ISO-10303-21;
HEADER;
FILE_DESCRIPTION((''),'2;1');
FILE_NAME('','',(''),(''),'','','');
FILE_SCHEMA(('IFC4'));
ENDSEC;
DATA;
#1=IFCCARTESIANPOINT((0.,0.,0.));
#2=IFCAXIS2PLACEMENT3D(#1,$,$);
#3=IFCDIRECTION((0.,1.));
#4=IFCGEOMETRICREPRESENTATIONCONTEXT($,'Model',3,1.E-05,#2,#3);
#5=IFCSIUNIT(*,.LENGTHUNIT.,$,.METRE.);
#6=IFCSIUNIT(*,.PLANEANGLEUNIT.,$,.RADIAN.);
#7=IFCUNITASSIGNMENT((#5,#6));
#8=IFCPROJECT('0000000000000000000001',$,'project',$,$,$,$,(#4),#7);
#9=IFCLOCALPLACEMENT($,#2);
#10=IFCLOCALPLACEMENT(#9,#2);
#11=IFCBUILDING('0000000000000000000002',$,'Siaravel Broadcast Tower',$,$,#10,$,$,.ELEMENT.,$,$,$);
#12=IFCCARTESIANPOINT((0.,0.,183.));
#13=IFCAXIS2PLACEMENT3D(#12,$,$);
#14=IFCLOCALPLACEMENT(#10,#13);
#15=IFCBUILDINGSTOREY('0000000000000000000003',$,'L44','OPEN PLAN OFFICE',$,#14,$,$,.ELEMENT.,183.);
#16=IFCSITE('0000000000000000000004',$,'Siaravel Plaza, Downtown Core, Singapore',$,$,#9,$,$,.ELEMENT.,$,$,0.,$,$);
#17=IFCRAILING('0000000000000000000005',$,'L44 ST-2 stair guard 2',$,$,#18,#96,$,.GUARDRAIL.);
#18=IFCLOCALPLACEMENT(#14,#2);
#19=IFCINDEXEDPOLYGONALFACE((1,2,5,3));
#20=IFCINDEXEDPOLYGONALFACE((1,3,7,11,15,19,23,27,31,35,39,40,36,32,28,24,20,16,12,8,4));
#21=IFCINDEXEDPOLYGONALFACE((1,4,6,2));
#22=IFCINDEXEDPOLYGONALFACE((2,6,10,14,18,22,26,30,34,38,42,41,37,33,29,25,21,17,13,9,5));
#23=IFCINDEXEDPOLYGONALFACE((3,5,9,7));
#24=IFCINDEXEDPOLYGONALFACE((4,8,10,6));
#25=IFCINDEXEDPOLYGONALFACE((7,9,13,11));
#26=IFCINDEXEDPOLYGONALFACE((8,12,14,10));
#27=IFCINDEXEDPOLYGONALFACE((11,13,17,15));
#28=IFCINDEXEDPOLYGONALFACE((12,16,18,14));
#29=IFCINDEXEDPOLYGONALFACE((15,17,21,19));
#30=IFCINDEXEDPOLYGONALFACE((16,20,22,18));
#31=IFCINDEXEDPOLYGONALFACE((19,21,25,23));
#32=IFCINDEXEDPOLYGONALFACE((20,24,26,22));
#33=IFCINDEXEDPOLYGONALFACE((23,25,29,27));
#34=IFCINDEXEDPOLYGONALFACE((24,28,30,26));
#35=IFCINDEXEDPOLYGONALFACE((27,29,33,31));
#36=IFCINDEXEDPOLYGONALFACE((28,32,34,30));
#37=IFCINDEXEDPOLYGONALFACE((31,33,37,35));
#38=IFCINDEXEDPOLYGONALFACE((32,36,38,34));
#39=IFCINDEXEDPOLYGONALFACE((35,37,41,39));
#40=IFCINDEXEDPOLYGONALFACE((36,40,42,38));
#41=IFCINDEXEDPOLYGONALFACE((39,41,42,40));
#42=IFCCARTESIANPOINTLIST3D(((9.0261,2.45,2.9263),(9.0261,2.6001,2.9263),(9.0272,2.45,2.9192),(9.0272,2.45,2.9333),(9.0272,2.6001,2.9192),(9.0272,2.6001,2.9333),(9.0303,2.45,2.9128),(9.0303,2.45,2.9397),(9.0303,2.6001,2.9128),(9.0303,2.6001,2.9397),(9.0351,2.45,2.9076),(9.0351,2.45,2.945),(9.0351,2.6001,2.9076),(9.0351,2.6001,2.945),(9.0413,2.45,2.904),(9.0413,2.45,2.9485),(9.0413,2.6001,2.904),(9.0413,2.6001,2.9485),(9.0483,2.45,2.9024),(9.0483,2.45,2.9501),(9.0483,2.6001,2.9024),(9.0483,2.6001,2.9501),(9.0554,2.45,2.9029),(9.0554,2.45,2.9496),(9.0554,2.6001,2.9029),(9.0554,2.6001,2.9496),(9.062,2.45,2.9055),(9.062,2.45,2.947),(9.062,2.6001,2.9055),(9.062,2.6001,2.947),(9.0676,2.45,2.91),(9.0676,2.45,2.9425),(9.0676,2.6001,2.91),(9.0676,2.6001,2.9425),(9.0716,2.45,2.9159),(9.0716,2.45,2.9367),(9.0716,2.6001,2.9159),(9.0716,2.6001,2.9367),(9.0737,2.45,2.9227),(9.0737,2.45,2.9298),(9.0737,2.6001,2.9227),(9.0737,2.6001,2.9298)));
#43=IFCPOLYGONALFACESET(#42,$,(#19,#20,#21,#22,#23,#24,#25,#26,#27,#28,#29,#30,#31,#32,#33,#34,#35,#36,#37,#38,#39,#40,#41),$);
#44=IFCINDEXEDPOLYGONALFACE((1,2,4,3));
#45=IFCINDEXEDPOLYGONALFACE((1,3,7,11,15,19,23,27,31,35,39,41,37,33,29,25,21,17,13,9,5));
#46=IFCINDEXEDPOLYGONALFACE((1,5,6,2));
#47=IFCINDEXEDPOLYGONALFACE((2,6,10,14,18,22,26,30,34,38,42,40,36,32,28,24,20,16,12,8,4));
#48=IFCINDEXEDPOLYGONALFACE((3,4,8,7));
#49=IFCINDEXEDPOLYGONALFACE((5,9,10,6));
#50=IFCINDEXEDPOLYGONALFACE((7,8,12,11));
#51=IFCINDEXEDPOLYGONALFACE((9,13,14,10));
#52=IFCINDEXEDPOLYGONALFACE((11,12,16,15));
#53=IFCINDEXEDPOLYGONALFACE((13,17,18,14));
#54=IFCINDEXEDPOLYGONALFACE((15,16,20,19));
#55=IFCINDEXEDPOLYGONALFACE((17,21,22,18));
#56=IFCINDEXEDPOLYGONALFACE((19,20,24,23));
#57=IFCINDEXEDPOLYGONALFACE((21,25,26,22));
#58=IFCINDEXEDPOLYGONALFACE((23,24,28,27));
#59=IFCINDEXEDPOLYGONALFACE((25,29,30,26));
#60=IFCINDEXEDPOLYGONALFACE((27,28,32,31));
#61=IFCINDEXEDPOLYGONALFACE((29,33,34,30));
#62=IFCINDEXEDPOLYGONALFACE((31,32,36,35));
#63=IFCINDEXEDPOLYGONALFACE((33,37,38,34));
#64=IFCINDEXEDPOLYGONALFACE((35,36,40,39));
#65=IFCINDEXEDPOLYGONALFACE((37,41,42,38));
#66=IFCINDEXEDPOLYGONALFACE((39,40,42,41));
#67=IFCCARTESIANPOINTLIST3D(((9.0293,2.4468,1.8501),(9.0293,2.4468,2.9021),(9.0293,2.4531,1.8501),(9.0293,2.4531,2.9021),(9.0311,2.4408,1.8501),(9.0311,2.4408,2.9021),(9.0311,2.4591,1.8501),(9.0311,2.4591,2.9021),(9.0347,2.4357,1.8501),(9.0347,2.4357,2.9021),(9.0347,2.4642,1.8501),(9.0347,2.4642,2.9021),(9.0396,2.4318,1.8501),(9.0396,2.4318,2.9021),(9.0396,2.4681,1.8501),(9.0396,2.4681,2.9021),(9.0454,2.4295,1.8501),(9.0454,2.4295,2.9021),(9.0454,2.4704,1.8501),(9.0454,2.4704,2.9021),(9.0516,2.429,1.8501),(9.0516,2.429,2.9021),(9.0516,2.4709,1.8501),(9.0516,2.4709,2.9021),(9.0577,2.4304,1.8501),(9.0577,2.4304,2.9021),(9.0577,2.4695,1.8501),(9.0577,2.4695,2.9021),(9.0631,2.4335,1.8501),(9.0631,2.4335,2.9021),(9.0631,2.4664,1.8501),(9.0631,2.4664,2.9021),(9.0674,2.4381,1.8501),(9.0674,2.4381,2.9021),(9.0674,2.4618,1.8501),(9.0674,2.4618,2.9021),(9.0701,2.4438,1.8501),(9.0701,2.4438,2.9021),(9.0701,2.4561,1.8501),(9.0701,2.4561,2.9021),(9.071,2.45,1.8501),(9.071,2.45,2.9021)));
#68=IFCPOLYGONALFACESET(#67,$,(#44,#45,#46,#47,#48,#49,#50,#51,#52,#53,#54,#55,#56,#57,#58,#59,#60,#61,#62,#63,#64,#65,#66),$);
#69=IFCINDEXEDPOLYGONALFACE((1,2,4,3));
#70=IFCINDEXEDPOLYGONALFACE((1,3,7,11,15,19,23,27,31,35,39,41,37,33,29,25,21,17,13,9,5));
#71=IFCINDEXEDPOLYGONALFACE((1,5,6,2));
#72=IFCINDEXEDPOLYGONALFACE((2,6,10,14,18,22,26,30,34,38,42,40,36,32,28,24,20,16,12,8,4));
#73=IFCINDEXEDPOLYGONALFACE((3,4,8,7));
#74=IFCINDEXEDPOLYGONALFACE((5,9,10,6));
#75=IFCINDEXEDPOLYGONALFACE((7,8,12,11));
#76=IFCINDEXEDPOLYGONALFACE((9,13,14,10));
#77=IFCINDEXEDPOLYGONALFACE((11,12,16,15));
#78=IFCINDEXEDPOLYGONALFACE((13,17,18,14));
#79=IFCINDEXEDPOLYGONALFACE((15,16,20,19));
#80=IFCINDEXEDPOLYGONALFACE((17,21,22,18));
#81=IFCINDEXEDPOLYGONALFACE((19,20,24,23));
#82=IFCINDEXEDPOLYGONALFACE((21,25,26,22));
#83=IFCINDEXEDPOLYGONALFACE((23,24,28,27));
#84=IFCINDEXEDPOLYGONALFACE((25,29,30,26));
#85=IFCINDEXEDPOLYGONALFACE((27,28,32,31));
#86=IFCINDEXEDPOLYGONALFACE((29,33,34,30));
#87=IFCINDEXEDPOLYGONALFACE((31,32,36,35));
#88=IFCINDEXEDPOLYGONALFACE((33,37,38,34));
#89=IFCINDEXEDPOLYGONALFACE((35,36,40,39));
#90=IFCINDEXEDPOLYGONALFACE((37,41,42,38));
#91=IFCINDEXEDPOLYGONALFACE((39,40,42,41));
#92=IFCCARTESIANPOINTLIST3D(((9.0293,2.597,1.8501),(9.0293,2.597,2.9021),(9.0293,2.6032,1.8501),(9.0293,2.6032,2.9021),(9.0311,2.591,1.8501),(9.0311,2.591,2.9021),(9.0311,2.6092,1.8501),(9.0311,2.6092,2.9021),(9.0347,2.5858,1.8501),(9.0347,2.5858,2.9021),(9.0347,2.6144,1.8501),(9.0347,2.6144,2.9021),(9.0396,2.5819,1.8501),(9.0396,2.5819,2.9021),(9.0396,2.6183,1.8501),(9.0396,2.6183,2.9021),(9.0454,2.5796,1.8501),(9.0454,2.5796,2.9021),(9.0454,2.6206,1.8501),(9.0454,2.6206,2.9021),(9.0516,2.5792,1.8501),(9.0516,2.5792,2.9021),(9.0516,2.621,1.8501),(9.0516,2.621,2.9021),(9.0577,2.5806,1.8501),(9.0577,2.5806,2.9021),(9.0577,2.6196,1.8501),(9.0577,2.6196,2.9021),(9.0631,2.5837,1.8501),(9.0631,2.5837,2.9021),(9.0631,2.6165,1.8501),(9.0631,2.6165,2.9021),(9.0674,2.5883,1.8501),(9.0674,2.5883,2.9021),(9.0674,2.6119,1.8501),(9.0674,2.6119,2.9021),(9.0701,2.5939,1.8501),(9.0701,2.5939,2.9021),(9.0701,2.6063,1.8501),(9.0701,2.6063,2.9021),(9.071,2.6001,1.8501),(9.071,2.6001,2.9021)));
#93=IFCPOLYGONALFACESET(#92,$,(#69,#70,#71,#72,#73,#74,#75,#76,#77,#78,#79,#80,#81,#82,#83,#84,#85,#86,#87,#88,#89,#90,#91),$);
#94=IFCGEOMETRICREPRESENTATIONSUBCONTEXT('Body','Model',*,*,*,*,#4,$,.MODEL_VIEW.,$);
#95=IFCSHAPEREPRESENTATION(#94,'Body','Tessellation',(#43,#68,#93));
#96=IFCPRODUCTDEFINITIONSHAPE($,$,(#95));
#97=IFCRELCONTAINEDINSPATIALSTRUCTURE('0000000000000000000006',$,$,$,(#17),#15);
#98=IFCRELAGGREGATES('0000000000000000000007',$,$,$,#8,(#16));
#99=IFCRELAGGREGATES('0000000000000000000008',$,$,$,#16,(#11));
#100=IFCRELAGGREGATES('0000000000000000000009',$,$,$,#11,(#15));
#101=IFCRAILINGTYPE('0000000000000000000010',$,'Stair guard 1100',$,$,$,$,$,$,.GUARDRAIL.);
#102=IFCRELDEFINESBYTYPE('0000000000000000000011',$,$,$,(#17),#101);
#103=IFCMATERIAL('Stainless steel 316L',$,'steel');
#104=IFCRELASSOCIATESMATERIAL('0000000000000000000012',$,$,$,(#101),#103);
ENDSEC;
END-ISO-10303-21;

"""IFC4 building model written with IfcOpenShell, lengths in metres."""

from ifc_helpers import new_model, si_unit, direction, frame, origin, origin_2d, place, context, subcontext, project, spatial, circle, extrude, material, type_object, element, save


model = new_model("IFC4")

# Units and contexts
model_context = context("Model", 3, precision=1e-05, world=origin(), true_north=direction((0.0, 1.0)))
body_context = subcontext(model_context, "Body", "Model", "MODEL_VIEW")
ifc_project = project(units=[si_unit("LENGTHUNIT", "METRE"), si_unit("PLANEANGLEUNIT", "RADIAN")], contexts=[model_context])

# Site, building, storey
site_placement = place(None, origin())
site = spatial("IfcSite", under=ifc_project, at=site_placement, Name="Siaravel Plaza, Downtown Core, Singapore", CompositionType="ELEMENT", RefElevation=0.0)
building_placement = place(site_placement, origin())
building = spatial("IfcBuilding", under=site, at=building_placement, Name="Siaravel Broadcast Tower", CompositionType="ELEMENT")
storey_placement = place(building_placement, frame((0.0, 0.0, 183.0)))
storey = spatial("IfcBuildingStorey", under=building, at=storey_placement, Name="L44", Description="OPEN PLAN OFFICE", CompositionType="ELEMENT", Elevation=183.0)

# Railing
ifc_material_1 = material(Name="Stainless steel 316L", Category="steel")
railing_type_1 = type_object("IfcRailingType", Name="Stair guard 1100", PredefinedType="GUARDRAIL", material=ifc_material_1)
railing_1_placement = place(storey_placement, frame((9.05, 2.45, 1.8501)))
element("IfcRailing", 1, at=railing_1_placement, inside=storey, type_object=railing_type_1, Name="L44 ST-2 stair guard 2", PredefinedType="GUARDRAIL", context=body_context, shape_type="SweptSolid", body=[
    extrude(circle(Radius=0.0239, at=origin_2d()), frame((0.0, 0.0, 1.0762), z_axis=(0.0, 1.0, 0.0), x_axis=(-1.0, 0.0, 0.0)), (0.0, 0.0, 1.0), 0.1501),
    extrude(circle(Radius=0.021, at=origin_2d()), origin(), (0.0, 0.0, 1.0), 1.052),
    extrude(circle(Radius=0.021, at=origin_2d()), frame((0.0, 0.1501, 0.0)), (0.0, 0.0, 1.0), 1.052),
])

save(model, "model.ifc")
